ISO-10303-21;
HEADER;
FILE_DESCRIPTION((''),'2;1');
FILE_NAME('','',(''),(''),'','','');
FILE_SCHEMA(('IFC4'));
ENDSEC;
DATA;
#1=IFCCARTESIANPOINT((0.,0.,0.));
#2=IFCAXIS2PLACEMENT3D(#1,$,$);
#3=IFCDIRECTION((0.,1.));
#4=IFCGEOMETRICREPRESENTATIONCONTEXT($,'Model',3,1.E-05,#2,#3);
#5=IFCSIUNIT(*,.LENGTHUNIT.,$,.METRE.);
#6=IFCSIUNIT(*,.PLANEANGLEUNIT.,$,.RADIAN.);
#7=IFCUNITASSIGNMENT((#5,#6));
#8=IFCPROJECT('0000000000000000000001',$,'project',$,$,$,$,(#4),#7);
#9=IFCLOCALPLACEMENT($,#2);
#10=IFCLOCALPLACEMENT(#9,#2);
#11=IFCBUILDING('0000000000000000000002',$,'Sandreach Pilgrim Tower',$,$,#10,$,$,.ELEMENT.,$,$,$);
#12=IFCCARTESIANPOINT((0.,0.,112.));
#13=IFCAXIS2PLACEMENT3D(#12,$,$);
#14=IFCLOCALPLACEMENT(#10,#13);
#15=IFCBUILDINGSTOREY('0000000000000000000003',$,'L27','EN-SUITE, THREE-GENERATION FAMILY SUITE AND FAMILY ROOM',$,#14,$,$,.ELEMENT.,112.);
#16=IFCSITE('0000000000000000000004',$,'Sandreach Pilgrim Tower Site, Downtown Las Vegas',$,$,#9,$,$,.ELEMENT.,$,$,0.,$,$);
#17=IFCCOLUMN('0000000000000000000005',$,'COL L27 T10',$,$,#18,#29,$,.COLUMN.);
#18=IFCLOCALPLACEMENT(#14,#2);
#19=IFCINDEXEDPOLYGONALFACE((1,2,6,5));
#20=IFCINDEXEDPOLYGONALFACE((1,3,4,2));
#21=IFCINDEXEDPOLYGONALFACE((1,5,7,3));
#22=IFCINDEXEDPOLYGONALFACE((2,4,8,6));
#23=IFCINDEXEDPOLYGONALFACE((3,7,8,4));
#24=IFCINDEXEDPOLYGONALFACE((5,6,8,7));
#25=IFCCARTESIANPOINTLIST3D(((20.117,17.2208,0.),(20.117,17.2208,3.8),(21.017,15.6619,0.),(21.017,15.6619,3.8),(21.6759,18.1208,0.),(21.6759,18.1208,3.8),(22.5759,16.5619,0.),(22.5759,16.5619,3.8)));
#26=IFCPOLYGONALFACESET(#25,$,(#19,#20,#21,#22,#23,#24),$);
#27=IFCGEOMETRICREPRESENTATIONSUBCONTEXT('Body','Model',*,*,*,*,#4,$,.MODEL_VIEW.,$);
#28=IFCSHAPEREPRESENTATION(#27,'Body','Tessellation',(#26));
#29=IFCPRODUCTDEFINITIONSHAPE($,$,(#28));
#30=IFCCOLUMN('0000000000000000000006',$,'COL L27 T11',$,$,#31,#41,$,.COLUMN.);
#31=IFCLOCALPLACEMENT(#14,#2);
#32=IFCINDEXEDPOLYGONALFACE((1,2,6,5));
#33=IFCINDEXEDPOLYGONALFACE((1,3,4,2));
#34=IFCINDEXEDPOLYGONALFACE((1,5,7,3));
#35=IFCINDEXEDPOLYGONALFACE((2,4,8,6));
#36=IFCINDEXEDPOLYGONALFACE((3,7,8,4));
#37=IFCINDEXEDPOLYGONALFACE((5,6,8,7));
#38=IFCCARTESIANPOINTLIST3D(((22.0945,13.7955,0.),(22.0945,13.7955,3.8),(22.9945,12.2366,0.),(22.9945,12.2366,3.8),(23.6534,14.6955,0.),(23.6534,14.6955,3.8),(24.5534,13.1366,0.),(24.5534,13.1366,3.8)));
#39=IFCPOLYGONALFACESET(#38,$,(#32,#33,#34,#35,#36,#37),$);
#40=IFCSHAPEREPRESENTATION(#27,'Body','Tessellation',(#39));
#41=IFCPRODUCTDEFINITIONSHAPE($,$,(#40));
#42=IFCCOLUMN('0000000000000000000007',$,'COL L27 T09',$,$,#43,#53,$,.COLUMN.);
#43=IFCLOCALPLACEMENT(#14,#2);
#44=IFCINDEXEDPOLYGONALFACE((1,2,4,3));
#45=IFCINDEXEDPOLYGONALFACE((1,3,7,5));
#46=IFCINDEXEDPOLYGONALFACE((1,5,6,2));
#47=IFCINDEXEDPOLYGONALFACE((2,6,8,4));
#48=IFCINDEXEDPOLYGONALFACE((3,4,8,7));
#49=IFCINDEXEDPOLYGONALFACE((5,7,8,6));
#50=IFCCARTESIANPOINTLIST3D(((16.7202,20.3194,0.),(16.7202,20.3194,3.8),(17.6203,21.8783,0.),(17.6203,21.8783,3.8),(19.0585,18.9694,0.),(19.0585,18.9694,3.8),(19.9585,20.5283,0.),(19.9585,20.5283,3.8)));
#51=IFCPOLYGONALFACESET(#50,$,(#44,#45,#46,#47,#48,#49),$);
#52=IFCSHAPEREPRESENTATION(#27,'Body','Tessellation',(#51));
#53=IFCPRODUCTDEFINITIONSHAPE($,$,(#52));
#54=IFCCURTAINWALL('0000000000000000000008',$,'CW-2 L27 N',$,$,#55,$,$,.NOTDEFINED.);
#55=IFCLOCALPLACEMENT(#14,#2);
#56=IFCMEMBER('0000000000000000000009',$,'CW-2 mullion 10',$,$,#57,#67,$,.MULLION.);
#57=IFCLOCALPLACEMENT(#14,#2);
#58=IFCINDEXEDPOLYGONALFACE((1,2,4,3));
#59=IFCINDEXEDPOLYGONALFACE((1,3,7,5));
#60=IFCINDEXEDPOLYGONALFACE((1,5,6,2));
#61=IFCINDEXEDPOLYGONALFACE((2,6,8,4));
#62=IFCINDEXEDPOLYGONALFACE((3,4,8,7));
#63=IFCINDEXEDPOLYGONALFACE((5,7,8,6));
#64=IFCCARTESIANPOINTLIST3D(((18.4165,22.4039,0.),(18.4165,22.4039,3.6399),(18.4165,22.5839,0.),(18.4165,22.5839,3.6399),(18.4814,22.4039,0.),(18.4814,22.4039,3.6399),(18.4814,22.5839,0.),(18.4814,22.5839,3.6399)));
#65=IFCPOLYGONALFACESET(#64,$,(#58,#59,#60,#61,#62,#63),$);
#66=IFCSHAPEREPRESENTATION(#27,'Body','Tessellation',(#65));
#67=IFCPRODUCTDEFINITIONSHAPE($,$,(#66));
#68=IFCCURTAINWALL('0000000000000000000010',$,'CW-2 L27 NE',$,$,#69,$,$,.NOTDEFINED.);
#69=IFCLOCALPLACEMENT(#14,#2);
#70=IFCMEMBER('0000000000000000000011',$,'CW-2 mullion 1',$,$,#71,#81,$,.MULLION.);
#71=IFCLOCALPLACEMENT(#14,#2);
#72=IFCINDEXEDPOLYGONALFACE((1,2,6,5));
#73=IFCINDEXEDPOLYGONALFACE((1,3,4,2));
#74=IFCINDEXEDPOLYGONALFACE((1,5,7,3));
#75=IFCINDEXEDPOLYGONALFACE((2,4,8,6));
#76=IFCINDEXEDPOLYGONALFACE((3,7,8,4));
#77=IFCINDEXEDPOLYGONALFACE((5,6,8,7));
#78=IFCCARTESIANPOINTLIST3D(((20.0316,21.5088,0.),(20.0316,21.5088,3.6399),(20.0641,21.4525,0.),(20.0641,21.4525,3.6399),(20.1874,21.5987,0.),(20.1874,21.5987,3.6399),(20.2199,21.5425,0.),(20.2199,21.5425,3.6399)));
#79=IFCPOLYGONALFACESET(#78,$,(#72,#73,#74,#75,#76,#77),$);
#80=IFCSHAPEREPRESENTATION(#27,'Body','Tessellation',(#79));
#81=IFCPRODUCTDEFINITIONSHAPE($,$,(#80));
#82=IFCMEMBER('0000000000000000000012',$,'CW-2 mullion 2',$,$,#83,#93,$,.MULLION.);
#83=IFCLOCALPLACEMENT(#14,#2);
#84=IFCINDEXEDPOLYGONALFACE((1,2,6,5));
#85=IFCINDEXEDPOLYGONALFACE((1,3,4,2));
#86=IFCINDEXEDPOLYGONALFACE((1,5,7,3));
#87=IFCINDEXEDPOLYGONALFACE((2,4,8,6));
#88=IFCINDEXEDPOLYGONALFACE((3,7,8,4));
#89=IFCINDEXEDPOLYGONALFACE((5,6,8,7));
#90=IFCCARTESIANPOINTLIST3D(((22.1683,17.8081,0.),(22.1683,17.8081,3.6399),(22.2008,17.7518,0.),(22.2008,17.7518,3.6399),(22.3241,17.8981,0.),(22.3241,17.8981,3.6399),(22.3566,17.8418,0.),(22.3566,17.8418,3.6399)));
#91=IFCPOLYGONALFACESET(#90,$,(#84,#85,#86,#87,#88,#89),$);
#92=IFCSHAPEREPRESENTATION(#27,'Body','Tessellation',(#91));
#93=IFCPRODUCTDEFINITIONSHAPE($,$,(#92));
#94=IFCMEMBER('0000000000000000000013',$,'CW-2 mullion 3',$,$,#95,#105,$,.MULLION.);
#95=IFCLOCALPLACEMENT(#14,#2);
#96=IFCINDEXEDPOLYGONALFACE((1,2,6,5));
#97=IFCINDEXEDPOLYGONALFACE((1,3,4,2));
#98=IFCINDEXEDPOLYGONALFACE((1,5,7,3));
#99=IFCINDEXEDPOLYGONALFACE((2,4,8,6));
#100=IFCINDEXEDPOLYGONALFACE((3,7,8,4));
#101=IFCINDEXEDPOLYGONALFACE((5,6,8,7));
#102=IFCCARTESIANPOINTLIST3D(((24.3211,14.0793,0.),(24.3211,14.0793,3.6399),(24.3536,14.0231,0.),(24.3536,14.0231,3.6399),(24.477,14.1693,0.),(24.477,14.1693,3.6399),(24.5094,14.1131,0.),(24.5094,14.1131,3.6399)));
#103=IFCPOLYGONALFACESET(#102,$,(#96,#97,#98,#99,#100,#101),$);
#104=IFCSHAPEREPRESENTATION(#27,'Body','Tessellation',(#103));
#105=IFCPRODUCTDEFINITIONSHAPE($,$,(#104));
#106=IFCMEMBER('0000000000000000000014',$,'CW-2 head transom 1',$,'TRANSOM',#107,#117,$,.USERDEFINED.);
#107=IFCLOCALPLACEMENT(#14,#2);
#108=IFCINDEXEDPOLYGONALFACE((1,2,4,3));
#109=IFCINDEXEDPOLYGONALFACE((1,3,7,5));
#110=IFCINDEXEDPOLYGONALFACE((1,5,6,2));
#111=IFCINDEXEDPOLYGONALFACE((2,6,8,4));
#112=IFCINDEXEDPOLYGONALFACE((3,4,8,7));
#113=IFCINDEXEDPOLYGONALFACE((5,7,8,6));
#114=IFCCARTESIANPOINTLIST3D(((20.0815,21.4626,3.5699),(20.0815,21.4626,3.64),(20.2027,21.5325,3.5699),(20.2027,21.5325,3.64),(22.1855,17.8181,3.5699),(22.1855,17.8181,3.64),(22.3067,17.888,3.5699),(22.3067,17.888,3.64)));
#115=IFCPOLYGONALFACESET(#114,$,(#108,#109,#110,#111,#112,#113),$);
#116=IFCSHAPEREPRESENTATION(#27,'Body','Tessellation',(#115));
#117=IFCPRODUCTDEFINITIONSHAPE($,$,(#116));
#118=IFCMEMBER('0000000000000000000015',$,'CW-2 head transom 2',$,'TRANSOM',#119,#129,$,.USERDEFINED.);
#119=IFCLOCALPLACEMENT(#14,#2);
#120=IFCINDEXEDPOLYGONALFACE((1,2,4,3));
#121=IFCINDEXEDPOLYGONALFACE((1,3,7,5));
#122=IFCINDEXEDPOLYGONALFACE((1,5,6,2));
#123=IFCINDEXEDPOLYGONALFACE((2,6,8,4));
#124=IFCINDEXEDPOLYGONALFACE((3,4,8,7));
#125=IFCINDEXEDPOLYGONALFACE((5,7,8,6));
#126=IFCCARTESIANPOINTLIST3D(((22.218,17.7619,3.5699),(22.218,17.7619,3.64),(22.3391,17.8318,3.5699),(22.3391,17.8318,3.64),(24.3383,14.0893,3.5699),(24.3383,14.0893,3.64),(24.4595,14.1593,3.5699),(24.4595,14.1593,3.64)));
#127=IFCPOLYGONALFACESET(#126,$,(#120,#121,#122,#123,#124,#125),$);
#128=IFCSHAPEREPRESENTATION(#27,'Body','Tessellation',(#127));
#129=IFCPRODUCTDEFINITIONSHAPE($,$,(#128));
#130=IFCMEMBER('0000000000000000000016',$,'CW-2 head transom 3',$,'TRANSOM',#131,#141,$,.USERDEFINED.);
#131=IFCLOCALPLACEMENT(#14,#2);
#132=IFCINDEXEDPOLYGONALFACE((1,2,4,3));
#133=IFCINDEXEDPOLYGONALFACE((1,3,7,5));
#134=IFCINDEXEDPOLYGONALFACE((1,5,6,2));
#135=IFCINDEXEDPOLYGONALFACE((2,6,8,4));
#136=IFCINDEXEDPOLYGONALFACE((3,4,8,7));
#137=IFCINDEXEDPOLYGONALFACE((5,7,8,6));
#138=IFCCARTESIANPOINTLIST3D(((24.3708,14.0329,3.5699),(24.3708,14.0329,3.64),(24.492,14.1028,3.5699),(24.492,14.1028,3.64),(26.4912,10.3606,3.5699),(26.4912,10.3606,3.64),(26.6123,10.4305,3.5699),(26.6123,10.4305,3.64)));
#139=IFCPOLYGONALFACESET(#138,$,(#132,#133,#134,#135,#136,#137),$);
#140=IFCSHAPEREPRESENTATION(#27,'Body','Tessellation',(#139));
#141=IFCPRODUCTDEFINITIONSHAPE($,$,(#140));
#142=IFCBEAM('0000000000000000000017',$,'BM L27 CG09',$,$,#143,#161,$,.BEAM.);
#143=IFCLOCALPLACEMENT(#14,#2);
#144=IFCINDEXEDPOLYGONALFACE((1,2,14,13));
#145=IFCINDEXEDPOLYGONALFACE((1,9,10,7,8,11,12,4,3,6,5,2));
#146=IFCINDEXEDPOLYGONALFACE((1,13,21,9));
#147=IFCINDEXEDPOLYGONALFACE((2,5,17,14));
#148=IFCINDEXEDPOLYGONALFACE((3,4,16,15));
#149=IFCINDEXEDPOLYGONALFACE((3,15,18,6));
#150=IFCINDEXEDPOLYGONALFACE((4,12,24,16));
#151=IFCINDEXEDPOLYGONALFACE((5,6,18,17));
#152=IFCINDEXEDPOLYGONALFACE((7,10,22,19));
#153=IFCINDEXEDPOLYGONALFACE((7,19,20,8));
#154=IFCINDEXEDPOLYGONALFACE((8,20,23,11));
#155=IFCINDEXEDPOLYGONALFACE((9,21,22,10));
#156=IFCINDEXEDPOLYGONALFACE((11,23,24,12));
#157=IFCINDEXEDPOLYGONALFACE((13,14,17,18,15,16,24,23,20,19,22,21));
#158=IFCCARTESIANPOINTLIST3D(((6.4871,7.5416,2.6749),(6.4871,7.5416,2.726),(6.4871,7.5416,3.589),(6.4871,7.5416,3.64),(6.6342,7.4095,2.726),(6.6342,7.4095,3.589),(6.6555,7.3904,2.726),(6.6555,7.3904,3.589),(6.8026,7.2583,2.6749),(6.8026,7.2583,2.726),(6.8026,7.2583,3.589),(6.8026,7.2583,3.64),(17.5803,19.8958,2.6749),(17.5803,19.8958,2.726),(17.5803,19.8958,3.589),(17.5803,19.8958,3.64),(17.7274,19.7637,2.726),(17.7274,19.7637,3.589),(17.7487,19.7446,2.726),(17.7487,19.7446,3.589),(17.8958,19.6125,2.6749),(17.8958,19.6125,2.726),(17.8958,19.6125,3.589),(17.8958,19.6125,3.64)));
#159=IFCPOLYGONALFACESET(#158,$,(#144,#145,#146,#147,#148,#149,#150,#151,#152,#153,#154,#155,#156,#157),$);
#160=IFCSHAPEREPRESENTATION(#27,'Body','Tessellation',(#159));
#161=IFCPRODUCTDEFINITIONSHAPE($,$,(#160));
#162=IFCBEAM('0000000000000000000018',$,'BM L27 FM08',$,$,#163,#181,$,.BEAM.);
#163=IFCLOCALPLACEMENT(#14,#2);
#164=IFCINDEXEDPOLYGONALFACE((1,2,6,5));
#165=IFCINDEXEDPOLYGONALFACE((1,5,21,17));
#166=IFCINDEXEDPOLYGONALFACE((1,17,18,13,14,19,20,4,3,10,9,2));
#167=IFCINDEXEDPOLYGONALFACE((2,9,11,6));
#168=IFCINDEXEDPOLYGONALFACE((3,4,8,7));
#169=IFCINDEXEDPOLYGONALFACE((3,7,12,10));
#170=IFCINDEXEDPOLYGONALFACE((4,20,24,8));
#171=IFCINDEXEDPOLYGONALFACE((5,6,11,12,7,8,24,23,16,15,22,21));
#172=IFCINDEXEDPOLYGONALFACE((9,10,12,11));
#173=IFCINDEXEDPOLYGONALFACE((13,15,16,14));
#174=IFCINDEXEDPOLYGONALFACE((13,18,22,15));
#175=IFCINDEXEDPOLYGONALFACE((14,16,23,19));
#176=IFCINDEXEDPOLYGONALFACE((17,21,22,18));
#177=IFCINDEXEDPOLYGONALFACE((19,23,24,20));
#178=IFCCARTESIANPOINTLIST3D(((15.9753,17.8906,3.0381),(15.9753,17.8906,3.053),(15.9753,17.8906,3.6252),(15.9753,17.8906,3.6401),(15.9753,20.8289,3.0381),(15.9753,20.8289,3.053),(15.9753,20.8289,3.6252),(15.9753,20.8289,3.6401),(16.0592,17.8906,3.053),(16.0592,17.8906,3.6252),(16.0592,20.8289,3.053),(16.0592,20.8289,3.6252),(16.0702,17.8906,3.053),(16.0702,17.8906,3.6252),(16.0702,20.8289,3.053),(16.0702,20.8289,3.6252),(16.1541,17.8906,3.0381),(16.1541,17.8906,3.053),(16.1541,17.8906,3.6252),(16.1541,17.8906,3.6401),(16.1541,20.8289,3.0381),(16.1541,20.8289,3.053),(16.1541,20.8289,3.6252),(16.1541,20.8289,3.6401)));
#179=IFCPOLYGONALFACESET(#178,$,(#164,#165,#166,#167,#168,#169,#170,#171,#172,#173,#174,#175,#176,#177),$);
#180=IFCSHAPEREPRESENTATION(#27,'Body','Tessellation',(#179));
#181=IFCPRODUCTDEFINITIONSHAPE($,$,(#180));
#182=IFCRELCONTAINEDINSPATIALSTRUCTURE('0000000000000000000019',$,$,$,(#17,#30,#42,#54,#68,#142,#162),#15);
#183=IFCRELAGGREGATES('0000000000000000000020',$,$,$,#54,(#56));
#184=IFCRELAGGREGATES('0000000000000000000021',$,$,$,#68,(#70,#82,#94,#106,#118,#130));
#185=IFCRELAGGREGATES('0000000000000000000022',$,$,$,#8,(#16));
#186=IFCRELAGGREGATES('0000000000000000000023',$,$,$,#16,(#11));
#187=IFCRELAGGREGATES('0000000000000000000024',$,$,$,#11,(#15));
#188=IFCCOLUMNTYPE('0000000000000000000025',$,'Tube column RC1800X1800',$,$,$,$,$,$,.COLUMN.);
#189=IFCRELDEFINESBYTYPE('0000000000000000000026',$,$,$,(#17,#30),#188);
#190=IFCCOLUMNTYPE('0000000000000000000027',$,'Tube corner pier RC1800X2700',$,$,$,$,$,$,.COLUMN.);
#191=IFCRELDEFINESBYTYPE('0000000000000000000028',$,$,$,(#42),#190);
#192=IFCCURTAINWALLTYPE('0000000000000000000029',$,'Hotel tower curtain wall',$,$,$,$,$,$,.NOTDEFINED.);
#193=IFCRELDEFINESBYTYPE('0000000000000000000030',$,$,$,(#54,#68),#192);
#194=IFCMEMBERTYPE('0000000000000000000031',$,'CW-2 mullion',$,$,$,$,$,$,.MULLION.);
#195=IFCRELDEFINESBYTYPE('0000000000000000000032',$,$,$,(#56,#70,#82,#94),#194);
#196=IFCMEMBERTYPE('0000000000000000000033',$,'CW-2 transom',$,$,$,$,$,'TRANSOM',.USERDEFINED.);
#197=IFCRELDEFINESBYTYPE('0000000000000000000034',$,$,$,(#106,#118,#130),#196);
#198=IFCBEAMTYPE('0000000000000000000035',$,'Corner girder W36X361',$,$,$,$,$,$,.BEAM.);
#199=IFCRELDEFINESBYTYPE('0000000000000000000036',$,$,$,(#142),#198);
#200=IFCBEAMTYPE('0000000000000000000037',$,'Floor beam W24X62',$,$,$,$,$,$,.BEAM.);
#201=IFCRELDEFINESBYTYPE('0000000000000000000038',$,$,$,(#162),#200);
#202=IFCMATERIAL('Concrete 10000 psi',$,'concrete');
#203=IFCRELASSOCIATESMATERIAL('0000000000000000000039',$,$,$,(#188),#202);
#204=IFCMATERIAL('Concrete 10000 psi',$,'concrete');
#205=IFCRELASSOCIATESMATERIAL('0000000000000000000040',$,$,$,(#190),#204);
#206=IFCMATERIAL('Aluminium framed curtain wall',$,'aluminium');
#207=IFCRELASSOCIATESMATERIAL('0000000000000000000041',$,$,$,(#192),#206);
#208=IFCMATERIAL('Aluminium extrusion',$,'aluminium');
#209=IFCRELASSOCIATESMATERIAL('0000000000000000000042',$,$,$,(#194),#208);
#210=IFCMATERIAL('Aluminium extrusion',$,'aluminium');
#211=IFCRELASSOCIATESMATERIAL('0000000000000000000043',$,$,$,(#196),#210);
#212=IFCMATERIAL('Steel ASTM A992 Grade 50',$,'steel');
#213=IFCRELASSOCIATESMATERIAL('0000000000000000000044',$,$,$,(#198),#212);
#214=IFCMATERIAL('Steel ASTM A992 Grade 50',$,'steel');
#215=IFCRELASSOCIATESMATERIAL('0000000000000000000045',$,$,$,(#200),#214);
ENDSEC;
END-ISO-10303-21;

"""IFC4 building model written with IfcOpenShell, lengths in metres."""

from ifc_helpers import new_model, si_unit, direction, frame, origin, origin_2d, place, context, subcontext, project, spatial, rectangle, i_section, extrude, material, material_profile, profile_set, type_object, element, aggregate, save


model = new_model("IFC4")

# Units and contexts
model_context = context("Model", 3, precision=1e-05, world=origin(), true_north=direction((0.0, 1.0)))
body_context = subcontext(model_context, "Body", "Model", "MODEL_VIEW")
ifc_project = project(units=[si_unit("LENGTHUNIT", "METRE"), si_unit("PLANEANGLEUNIT", "RADIAN")], contexts=[model_context])

# Site, building, storey
site_placement = place(None, origin())
site = spatial("IfcSite", under=ifc_project, at=site_placement, Name="Sandreach Pilgrim Tower Site, Downtown Las Vegas", CompositionType="ELEMENT", RefElevation=0.0)
building_placement = place(site_placement, origin())
building = spatial("IfcBuilding", under=site, at=building_placement, Name="Sandreach Pilgrim Tower", CompositionType="ELEMENT")
storey_placement = place(building_placement, frame((0.0, 0.0, 112.0)))
storey = spatial("IfcBuildingStorey", under=building, at=storey_placement, Name="L27", Description="EN-SUITE, THREE-GENERATION FAMILY SUITE AND FAMILY ROOM", CompositionType="ELEMENT", Elevation=112.0)

# Columns
ifc_material_1 = material(Name="Concrete 10000 psi", Category="concrete")
ifc_material_profile_1 = material_profile(ifc_material_1, rectangle(XDim=1.8, YDim=1.8, at=origin_2d()), Name="RC1800X1800")
ifc_profile_set_1 = profile_set([ifc_material_profile_1], Name="Concrete 10000 psi")
column_type_1 = type_object("IfcColumnType", Name="Tube column RC1800X1800", PredefinedType="COLUMN", material=ifc_profile_set_1)
for number, where, z_axis, x_axis, name in (
    (1, (21.3464, 16.8914, 0.0), (0.0, 0.0, 1.0), (0.866025, 0.5, 0.0), "COL L27 T10"),
    (2, (23.324, 13.4661, 0.0), (0.0, 0.0, 1.0), (0.866025, 0.5, 0.0), "COL L27 T11"),
):
    element("IfcColumn", number, at=place(storey_placement, frame(where, z_axis=z_axis, x_axis=x_axis)), inside=storey, type_object=column_type_1, Name=name, PredefinedType="COLUMN", context=body_context, shape_type="SweptSolid", body=[
        extrude(rectangle(XDim=1.8, YDim=1.8, at=origin_2d()), origin(), (0.0, 0.0, 1.0), 3.8),
    ])
ifc_material_2 = material(Name="Concrete 10000 psi", Category="concrete")
ifc_material_profile_2 = material_profile(ifc_material_2, rectangle(XDim=1.8, YDim=2.7, at=origin_2d()), Name="RC1800X2700")
ifc_profile_set_2 = profile_set([ifc_material_profile_2], Name="Concrete 10000 psi")
column_type_2 = type_object("IfcColumnType", Name="Tube corner pier RC1800X2700", PredefinedType="COLUMN", material=ifc_profile_set_2)
column_placement = place(storey_placement, frame((18.3394, 20.4238, 0.0), z_axis=(0.0, 0.0, 1.0), x_axis=(0.5, 0.866025, 0.0)))
element("IfcColumn", 3, at=column_placement, inside=storey, type_object=column_type_2, Name="COL L27 T09", PredefinedType="COLUMN", context=body_context, shape_type="SweptSolid", body=[
    extrude(rectangle(XDim=1.8, YDim=2.7, at=origin_2d()), origin(), (0.0, 0.0, 1.0), 3.8),
])

# Curtain wall, member
ifc_material_3 = material(Name="Aluminium framed curtain wall", Category="aluminium")
curtain_wall_type = type_object("IfcCurtainWallType", Name="Hotel tower curtain wall", PredefinedType="NOTDEFINED", material=ifc_material_3)
curtain_wall_1_placement = place(storey_placement, origin())
curtain_wall_1 = element("IfcCurtainWall", 4, at=curtain_wall_1_placement, inside=storey, type_object=curtain_wall_type, Name="CW-2 L27 N", PredefinedType="NOTDEFINED")
ifc_material_4 = material(Name="Aluminium extrusion", Category="aluminium")
ifc_material_profile_3 = material_profile(ifc_material_4, rectangle(XDim=0.0649, YDim=0.1799, at=origin_2d()), Name="CW-2M 65X180")
ifc_profile_set_3 = profile_set([ifc_material_profile_3], Name="Aluminium extrusion")
member_type_1 = type_object("IfcMemberType", Name="CW-2 mullion", PredefinedType="MULLION", material=ifc_profile_set_3)
member_1_placement = place(storey_placement, frame((18.449, 22.4939, 0.0), z_axis=(0.0, 0.0, 1.0), x_axis=(1.0, 0.0, 0.0)))
member_1 = element("IfcMember", 5, at=member_1_placement, type_object=member_type_1, Name="CW-2 mullion 10", PredefinedType="MULLION", context=body_context, shape_type="SweptSolid", body=[
    extrude(rectangle(XDim=0.0649, YDim=0.1799, at=origin_2d()), origin(), (0.0, 0.0, 1.0), 3.6399),
])

# Curtain wall, members
curtain_wall_2_placement = place(storey_placement, origin())
curtain_wall_2 = element("IfcCurtainWall", 6, at=curtain_wall_2_placement, inside=storey, type_object=curtain_wall_type, Name="CW-2 L27 NE", PredefinedType="NOTDEFINED")
member_2_placement = place(storey_placement, frame((20.1257, 21.5256, 0.0), z_axis=(0.0, 0.0, 1.0), x_axis=(0.5, -0.866025, 0.0)))
member_2 = element("IfcMember", 7, at=member_2_placement, type_object=member_type_1, Name="CW-2 mullion 1", PredefinedType="MULLION", context=body_context, shape_type="SweptSolid", body=[
    extrude(rectangle(XDim=0.0649, YDim=0.1799, at=origin_2d()), origin(), (0.0, 0.0, 1.0), 3.6399),
])
member_3_placement = place(storey_placement, frame((22.2625, 17.825, 0.0), z_axis=(0.0, 0.0, 1.0), x_axis=(0.5, -0.866025, 0.0)))
member_3 = element("IfcMember", 8, at=member_3_placement, type_object=member_type_1, Name="CW-2 mullion 2", PredefinedType="MULLION", context=body_context, shape_type="SweptSolid", body=[
    extrude(rectangle(XDim=0.0649, YDim=0.1799, at=origin_2d()), origin(), (0.0, 0.0, 1.0), 3.6399),
])
member_4_placement = place(storey_placement, frame((24.4153, 14.0962, 0.0), z_axis=(0.0, 0.0, 1.0), x_axis=(0.5, -0.866025, 0.0)))
member_4 = element("IfcMember", 9, at=member_4_placement, type_object=member_type_1, Name="CW-2 mullion 3", PredefinedType="MULLION", context=body_context, shape_type="SweptSolid", body=[
    extrude(rectangle(XDim=0.0649, YDim=0.1799, at=origin_2d()), origin(), (0.0, 0.0, 1.0), 3.6399),
])
ifc_material_5 = material(Name="Aluminium extrusion", Category="aluminium")
ifc_material_profile_4 = material_profile(ifc_material_5, rectangle(XDim=0.1399, YDim=0.0701, at=origin_2d()), Name="CW-2T 140X70")
ifc_profile_set_4 = profile_set([ifc_material_profile_4], Name="Aluminium extrusion")
member_type_2 = type_object("IfcMemberType", Name="CW-2 transom", ElementType="TRANSOM", PredefinedType="USERDEFINED", material=ifc_profile_set_4)
member_5_placement = place(storey_placement, frame((20.1421, 21.4976, 3.605), z_axis=(0.49997, -0.866043, 0.0), x_axis=(0.866043, 0.49997, 0.0)))
member_5 = element("IfcMember", 10, at=member_5_placement, type_object=member_type_2, Name="CW-2 head transom 1", ObjectType="TRANSOM", PredefinedType="USERDEFINED", context=body_context, shape_type="SweptSolid", body=[
    extrude(rectangle(XDim=0.1399, YDim=0.0701, at=origin_2d()), origin(), (0.0, 0.0, 1.0), 4.2083),
])
member_6_placement = place(storey_placement, frame((22.2786, 17.7969, 3.605), z_axis=(0.499997, -0.866027, 0.0), x_axis=(0.866027, 0.499997, 0.0)))
member_6 = element("IfcMember", 11, at=member_6_placement, type_object=member_type_2, Name="CW-2 head transom 2", ObjectType="TRANSOM", PredefinedType="USERDEFINED", context=body_context, shape_type="SweptSolid", body=[
    extrude(rectangle(XDim=0.1399, YDim=0.0701, at=origin_2d()), origin(), (0.0, 0.0, 1.0), 4.2407),
])
member_7_placement = place(storey_placement, frame((24.4314, 14.0679, 3.605), z_axis=(0.500021, -0.866013, 0.0), x_axis=(0.866013, 0.500021, 0.0)))
member_7 = element("IfcMember", 12, at=member_7_placement, type_object=member_type_2, Name="CW-2 head transom 3", ObjectType="TRANSOM", PredefinedType="USERDEFINED", context=body_context, shape_type="SweptSolid", body=[
    extrude(rectangle(XDim=0.1399, YDim=0.0701, at=origin_2d()), origin(), (0.0, 0.0, 1.0), 4.2405),
])

# Beams
ifc_material_6 = material(Name="Steel ASTM A992 Grade 50", Category="steel")
ifc_material_profile_5 = material_profile(ifc_material_6, i_section(OverallWidth=0.4241, OverallDepth=0.9651, WebThickness=0.0286, FlangeThickness=0.051, at=origin_2d()), Name="W36X361")
ifc_profile_set_5 = profile_set([ifc_material_profile_5], Name="Steel ASTM A992 Grade 50")
beam_type_1 = type_object("IfcBeamType", Name="Corner girder W36X361", PredefinedType="BEAM", material=ifc_profile_set_5)
beam_1_placement = place(storey_placement, frame((17.738, 19.7542, 3.1575), z_axis=(-0.668114, -0.744059, 0.0), x_axis=(0.744059, -0.668114, 0.0)))
element("IfcBeam", 13, at=beam_1_placement, inside=storey, type_object=beam_type_1, Name="BM L27 CG09", PredefinedType="BEAM", context=body_context, shape_type="SweptSolid", body=[
    extrude(i_section(OverallWidth=0.4241, OverallDepth=0.9651, WebThickness=0.0286, FlangeThickness=0.051, at=origin_2d()), origin(), (0.0, 0.0, 1.0), 16.6038),
])
ifc_material_7 = material(Name="Steel ASTM A992 Grade 50", Category="steel")
ifc_material_profile_6 = material_profile(ifc_material_7, i_section(OverallWidth=0.1787, OverallDepth=0.6021, WebThickness=0.011, FlangeThickness=0.0149, at=origin_2d()), Name="W24X62")
ifc_profile_set_6 = profile_set([ifc_material_profile_6], Name="Steel ASTM A992 Grade 50")
beam_type_2 = type_object("IfcBeamType", Name="Floor beam W24X62", PredefinedType="BEAM", material=ifc_profile_set_6)
beam_2_placement = place(storey_placement, frame((16.0647, 20.8289, 3.3391), z_axis=(0.0, -1.0, 0.0), x_axis=(1.0, 0.0, 0.0)))
element("IfcBeam", 14, at=beam_2_placement, inside=storey, type_object=beam_type_2, Name="BM L27 FM08", PredefinedType="BEAM", context=body_context, shape_type="SweptSolid", body=[
    extrude(i_section(OverallWidth=0.1787, OverallDepth=0.6021, WebThickness=0.011, FlangeThickness=0.0149, at=origin_2d()), origin(), (0.0, 0.0, 1.0), 2.9382),
])

aggregate(curtain_wall_1, [member_1])
aggregate(curtain_wall_2, [member_2, member_3, member_4, member_5, member_6, member_7])

save(model, "model.ifc")
